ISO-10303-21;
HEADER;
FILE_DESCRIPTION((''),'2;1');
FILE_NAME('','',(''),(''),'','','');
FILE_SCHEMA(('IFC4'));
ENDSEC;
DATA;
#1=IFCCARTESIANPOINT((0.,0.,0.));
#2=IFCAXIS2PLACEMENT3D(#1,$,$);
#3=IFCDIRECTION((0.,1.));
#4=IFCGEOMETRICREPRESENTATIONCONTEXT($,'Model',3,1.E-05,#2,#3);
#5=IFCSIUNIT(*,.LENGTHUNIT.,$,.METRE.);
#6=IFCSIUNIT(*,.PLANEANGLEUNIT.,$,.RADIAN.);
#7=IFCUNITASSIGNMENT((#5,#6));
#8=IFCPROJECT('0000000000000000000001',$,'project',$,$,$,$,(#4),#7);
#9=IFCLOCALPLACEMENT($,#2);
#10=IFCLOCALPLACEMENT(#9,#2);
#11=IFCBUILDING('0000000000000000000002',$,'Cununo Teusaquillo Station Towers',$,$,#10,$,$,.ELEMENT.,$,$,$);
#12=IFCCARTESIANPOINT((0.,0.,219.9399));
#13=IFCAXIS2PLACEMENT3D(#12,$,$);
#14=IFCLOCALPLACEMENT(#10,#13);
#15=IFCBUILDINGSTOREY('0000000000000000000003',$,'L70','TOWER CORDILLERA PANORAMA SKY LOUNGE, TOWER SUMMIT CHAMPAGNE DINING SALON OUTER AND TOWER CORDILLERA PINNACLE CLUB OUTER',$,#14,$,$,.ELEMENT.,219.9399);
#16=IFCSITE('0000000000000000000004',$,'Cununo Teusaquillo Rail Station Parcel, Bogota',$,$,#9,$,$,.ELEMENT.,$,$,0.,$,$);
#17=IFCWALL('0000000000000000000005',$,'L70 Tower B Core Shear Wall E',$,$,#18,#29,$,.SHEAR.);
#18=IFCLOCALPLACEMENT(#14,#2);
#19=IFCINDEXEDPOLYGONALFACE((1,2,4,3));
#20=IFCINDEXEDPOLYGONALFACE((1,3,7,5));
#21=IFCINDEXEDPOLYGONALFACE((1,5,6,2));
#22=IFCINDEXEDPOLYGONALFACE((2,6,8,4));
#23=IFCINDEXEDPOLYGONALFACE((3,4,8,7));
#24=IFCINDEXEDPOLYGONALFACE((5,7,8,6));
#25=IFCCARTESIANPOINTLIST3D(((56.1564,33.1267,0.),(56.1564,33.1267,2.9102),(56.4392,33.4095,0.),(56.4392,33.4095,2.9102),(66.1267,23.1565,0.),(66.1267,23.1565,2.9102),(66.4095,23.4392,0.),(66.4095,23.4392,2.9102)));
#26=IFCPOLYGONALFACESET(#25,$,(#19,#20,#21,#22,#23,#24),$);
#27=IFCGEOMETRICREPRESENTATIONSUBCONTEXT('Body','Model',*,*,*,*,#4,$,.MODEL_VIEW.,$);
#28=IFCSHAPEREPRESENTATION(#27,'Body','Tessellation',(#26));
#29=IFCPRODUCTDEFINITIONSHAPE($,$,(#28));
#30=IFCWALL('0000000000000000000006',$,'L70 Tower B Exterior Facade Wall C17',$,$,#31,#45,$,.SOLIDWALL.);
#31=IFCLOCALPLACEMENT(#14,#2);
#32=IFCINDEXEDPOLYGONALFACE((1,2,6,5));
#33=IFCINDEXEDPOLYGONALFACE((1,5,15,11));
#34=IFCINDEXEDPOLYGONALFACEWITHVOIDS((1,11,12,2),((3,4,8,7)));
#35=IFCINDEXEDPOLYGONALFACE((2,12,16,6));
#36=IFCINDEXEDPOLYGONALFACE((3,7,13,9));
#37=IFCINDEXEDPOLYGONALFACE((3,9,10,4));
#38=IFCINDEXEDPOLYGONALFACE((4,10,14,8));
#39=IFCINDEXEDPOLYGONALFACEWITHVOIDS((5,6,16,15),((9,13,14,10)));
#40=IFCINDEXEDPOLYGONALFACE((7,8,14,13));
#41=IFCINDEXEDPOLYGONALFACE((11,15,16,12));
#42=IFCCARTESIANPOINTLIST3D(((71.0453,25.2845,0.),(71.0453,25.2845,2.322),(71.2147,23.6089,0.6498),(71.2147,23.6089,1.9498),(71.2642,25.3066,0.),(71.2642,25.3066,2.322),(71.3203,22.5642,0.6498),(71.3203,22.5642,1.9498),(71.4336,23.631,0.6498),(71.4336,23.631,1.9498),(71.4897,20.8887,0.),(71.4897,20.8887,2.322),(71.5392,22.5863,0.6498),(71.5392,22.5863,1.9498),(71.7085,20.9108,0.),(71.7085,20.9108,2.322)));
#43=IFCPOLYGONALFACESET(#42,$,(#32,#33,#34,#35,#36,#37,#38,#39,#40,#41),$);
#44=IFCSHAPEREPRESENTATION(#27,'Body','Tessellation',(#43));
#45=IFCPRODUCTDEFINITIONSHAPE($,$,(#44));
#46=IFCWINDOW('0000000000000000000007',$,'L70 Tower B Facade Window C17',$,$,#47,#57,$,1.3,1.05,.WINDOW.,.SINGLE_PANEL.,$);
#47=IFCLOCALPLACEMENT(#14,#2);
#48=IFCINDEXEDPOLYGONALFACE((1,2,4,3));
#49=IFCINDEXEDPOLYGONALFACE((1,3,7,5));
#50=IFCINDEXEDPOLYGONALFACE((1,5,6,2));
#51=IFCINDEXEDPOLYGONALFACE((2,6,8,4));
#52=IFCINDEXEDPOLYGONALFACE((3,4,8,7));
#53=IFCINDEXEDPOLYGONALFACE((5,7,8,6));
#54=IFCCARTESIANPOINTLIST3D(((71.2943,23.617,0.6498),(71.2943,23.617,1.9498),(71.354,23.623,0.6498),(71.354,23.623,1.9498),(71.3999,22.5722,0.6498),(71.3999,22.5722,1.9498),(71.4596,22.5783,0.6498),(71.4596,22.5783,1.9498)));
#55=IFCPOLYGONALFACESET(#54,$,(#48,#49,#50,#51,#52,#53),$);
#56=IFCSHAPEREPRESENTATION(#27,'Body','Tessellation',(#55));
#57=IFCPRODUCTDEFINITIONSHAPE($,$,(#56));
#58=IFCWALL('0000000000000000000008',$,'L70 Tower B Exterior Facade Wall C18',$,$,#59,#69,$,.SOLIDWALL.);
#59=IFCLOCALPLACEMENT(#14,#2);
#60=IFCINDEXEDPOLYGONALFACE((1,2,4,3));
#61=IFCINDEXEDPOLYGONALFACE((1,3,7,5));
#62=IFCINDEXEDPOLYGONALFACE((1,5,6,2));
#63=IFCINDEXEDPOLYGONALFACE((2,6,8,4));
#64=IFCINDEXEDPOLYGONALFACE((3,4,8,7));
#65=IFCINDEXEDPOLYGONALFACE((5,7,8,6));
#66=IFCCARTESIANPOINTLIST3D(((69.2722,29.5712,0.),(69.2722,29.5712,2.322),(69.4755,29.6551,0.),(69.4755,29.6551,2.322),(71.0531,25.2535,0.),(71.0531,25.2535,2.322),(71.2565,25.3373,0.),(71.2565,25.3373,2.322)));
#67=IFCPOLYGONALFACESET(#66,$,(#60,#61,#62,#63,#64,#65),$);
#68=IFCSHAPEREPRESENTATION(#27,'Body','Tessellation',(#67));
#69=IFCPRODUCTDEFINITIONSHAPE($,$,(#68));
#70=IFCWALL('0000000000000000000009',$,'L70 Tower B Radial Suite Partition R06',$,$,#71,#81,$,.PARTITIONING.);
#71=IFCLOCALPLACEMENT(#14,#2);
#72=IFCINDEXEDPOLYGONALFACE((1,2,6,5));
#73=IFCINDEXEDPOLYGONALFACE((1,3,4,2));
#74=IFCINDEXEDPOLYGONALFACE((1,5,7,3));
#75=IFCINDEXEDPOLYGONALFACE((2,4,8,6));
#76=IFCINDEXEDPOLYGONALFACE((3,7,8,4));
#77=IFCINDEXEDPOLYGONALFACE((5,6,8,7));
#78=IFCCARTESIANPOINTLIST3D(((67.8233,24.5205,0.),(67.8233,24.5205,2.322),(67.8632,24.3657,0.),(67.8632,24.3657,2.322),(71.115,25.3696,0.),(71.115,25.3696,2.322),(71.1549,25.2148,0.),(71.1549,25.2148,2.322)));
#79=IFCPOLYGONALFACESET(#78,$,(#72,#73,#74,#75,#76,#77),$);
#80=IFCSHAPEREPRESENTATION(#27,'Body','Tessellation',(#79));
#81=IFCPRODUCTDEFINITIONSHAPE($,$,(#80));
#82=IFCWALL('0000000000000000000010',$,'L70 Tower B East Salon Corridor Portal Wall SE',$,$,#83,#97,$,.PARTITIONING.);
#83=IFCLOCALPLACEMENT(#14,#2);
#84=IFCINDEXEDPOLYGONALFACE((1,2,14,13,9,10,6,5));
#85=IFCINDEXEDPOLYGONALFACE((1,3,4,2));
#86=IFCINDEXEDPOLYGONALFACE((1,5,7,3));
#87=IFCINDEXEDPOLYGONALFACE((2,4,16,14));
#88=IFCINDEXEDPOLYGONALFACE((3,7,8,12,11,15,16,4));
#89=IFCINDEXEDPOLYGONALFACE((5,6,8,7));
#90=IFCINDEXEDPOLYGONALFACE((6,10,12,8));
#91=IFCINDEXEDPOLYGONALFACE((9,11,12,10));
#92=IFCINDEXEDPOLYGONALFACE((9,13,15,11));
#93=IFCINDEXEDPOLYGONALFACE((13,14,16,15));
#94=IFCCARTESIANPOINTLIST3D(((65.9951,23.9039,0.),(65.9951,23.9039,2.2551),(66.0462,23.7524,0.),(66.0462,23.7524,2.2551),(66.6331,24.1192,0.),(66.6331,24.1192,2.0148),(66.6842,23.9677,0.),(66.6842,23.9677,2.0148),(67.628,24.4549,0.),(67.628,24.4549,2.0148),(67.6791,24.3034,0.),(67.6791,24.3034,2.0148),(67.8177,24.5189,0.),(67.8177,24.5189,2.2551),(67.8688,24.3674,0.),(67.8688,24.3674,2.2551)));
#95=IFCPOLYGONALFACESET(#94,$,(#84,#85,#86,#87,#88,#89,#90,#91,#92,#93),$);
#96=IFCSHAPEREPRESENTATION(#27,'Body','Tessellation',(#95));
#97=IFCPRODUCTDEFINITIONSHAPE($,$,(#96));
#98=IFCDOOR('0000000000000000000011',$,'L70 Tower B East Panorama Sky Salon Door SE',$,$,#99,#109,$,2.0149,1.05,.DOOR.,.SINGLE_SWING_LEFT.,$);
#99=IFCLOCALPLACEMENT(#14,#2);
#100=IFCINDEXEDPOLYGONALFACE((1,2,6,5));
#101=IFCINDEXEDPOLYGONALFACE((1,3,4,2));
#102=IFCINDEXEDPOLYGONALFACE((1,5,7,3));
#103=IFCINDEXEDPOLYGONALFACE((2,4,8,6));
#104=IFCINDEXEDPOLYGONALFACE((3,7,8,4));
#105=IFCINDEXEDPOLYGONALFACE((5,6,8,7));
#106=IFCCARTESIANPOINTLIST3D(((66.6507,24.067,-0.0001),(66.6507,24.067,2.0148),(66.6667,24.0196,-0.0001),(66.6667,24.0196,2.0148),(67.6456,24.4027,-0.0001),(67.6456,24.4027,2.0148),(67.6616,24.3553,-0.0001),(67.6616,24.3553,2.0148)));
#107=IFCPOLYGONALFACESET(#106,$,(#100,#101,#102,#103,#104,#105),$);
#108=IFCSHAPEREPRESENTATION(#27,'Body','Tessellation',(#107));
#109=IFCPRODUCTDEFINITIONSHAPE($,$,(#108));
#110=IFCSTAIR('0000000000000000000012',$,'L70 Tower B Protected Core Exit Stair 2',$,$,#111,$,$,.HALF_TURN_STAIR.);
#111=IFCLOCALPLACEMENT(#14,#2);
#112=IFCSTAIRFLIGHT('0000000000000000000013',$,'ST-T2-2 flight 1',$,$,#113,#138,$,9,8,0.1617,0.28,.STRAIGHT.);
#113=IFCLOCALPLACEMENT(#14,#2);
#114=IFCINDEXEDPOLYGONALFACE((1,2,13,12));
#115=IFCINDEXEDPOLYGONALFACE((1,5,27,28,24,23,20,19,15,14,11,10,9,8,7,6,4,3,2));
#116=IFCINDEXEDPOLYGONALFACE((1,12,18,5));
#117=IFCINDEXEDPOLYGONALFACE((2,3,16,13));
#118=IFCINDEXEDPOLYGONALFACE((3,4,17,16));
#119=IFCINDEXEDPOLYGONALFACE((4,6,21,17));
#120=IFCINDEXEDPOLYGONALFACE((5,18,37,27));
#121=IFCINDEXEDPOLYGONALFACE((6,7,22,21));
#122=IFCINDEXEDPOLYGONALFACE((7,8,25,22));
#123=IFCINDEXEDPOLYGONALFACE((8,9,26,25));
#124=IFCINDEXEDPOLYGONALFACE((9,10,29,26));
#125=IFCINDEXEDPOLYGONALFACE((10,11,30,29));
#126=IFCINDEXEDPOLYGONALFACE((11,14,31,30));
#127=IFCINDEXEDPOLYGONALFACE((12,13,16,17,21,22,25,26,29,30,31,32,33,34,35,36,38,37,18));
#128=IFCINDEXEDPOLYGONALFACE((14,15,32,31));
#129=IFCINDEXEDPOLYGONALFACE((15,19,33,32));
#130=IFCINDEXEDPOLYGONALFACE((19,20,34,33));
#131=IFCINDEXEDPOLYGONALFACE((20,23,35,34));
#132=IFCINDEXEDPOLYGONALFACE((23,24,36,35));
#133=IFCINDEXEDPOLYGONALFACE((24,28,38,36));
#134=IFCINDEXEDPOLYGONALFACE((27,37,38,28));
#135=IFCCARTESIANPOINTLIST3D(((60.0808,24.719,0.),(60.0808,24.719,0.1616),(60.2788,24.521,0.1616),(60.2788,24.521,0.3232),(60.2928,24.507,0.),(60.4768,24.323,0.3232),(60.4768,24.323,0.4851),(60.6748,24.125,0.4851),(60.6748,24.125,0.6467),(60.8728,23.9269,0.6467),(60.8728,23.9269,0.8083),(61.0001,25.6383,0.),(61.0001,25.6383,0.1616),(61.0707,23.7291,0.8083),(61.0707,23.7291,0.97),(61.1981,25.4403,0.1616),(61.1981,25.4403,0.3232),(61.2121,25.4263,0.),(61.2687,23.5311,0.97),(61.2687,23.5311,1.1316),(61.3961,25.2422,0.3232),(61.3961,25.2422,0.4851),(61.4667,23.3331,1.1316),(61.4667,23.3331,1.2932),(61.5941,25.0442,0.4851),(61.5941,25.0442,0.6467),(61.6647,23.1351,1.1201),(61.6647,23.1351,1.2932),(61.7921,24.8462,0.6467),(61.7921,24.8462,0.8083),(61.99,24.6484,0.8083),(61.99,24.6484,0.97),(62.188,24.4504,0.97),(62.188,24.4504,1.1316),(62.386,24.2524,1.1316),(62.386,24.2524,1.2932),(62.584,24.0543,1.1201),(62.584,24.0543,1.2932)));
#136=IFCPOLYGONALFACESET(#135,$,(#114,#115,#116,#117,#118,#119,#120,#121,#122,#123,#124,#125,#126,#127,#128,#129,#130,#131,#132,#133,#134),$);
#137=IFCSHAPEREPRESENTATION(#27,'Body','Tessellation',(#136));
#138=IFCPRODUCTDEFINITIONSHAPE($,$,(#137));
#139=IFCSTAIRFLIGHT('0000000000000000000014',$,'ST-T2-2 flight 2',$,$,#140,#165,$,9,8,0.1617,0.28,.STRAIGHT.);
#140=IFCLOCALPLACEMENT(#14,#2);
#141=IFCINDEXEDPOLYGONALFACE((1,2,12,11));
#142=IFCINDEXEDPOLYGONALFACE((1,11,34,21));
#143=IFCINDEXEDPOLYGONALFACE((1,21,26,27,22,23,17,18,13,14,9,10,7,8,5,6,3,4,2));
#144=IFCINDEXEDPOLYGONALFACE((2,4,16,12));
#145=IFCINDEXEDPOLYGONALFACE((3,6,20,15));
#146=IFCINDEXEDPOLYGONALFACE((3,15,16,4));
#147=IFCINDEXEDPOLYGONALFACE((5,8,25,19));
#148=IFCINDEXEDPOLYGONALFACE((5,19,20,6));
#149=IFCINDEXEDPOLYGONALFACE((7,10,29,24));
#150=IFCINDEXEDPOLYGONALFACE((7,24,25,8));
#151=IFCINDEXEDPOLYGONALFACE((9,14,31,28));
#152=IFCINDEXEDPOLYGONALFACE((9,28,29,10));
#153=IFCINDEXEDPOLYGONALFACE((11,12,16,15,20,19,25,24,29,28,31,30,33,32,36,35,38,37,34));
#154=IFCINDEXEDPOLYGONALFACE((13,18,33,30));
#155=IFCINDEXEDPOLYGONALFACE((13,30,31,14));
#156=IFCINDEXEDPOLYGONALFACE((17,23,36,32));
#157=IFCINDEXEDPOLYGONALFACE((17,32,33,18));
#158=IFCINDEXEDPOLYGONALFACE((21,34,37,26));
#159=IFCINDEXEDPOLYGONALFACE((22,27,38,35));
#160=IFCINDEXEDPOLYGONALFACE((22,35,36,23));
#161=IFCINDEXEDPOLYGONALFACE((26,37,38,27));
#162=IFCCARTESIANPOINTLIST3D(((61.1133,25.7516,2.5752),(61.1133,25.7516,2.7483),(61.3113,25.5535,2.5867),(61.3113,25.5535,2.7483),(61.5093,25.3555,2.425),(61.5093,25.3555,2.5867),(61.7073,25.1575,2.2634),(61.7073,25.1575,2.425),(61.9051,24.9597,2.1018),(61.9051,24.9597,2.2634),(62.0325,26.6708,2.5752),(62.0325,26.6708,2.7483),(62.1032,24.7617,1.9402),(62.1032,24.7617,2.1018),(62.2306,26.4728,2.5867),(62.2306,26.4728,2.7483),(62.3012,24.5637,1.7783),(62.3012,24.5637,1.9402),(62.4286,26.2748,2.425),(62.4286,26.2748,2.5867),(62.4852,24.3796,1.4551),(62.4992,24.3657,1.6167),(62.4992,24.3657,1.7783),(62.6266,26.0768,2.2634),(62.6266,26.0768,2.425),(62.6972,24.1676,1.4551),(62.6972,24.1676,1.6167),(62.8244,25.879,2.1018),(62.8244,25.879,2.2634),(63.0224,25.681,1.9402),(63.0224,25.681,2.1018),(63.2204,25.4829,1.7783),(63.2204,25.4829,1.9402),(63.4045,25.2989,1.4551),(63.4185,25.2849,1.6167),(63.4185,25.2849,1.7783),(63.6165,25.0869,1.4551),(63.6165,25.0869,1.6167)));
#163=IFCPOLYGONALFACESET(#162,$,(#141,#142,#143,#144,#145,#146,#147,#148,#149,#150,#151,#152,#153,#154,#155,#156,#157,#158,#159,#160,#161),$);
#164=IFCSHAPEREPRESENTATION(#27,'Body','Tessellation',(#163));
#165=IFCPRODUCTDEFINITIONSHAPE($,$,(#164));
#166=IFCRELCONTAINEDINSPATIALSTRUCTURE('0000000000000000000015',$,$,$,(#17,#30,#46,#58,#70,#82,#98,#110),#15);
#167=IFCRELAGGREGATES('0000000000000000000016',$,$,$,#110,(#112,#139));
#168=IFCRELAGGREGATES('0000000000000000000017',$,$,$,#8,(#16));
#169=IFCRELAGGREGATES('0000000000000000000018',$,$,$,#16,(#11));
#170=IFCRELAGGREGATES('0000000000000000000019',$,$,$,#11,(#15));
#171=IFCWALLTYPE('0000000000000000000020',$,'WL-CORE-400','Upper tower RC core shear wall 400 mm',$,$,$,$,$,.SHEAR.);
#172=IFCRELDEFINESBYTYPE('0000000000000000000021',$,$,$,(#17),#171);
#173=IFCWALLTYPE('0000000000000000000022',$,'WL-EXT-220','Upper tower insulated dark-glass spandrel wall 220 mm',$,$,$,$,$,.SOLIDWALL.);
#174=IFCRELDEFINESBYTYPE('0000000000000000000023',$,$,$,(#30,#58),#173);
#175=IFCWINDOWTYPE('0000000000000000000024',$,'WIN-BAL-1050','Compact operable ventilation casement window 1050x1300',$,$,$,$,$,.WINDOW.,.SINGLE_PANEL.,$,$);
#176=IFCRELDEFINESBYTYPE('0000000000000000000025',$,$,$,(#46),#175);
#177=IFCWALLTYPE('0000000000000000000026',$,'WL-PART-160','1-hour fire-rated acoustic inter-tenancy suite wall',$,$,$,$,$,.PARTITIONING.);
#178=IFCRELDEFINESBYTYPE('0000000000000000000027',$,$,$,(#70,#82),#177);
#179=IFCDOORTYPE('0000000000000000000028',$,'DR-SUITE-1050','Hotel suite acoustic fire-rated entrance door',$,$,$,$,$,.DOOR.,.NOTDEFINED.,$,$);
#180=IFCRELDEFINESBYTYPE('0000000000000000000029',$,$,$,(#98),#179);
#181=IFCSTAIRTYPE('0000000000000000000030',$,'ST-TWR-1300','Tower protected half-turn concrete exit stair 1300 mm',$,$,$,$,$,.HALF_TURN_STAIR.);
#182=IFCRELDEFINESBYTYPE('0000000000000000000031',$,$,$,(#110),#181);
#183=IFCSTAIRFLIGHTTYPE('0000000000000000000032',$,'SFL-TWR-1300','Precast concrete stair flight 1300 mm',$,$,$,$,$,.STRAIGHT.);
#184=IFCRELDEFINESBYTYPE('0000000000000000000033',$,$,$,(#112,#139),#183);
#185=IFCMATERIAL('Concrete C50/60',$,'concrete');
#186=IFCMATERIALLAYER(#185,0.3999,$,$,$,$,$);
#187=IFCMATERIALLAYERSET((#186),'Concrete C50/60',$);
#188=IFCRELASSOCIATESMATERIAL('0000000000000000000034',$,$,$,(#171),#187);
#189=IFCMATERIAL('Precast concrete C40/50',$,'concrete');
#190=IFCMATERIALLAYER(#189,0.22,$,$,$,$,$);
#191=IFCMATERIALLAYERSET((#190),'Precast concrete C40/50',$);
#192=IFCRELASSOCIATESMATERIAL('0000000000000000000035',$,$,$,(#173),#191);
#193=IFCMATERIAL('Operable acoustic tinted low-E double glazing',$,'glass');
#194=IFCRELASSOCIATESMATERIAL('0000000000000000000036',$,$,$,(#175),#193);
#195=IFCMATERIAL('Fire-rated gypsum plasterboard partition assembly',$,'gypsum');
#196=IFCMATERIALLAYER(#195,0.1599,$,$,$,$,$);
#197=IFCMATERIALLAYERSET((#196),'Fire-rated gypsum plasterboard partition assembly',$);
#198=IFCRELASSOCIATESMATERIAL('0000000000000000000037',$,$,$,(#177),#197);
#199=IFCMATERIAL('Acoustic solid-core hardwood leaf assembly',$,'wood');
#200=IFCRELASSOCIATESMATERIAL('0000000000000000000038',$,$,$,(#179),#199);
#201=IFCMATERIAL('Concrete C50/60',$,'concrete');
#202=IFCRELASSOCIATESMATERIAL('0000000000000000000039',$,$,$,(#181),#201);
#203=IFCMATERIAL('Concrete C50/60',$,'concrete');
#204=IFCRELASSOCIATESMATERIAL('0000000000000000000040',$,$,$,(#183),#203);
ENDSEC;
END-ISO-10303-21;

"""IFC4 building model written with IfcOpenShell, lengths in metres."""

from ifc_helpers import new_model, si_unit, direction, frame, frame_2d, origin, place, context, subcontext, project, spatial, polyline, rectangle, outline, extrude, source, transform, mapped, material, layer, layer_set, type_object, element, fill, aggregate, save


model = new_model("IFC4")

# Units and contexts
model_context = context("Model", 3, precision=1e-05, world=origin(), true_north=direction((0.0, 1.0)))
body_context = subcontext(model_context, "Body", "Model", "MODEL_VIEW")
ifc_project = project(units=[si_unit("LENGTHUNIT", "METRE"), si_unit("PLANEANGLEUNIT", "RADIAN")], contexts=[model_context])

# Site, building, storey
site_placement = place(None, origin())
site = spatial("IfcSite", under=ifc_project, at=site_placement, Name="Cununo Teusaquillo Rail Station Parcel, Bogota", CompositionType="ELEMENT", RefElevation=0.0)
building_placement = place(site_placement, origin())
building = spatial("IfcBuilding", under=site, at=building_placement, Name="Cununo Teusaquillo Station Towers", CompositionType="ELEMENT")
storey_placement = place(building_placement, frame((0.0, 0.0, 219.9399)))
storey = spatial("IfcBuildingStorey", under=building, at=storey_placement, Name="L70", Description="TOWER CORDILLERA PANORAMA SKY LOUNGE, TOWER SUMMIT CHAMPAGNE DINING SALON OUTER AND TOWER CORDILLERA PINNACLE CLUB OUTER", CompositionType="ELEMENT", Elevation=219.9399)

# Wall
ifc_material_1 = material(Name="Concrete C50/60", Category="concrete")
ifc_layer_1 = layer(ifc_material_1, 0.3999)
ifc_layer_set_1 = layer_set([ifc_layer_1], Name="Concrete C50/60")
wall_type_1 = type_object("IfcWallType", Name="WL-CORE-400", Description="Upper tower RC core shear wall 400 mm", PredefinedType="SHEAR", material=ifc_layer_set_1)
wall_1_placement = place(storey_placement, frame((66.2681, 23.2979, 0.0), z_axis=(0.0, 0.0, 1.0), x_axis=(-0.707107, 0.707107, 0.0)))
element("IfcWall", 1, at=wall_1_placement, inside=storey, type_object=wall_type_1, Name="L70 Tower B Core Shear Wall E", PredefinedType="SHEAR", context=body_context, shape_type="SweptSolid", body=[
    extrude(rectangle(XDim=14.1001, YDim=0.3999, at=frame_2d((7.05, 0.0))), origin(), (0.0, 0.0, 1.0), 2.9102),
])

# Wall, opening, window
ifc_material_2 = material(Name="Precast concrete C40/50", Category="concrete")
ifc_layer_2 = layer(ifc_material_2, 0.22)
ifc_layer_set_2 = layer_set([ifc_layer_2], Name="Precast concrete C40/50")
wall_type_2 = type_object("IfcWallType", Name="WL-EXT-220", Description="Upper tower insulated dark-glass spandrel wall 220 mm", PredefinedType="SOLIDWALL", material=ifc_layer_set_2)
wall_2_placement = place(storey_placement, frame((71.1548, 25.2954, 0.0), z_axis=(0.0, 0.0, 1.0), x_axis=(0.100571, -0.99493, 0.0)))
wall_2 = element("IfcWall", 2, at=wall_2_placement, inside=storey, type_object=wall_type_2, Name="L70 Tower B Exterior Facade Wall C17", PredefinedType="SOLIDWALL", context=body_context, shape_type="SweptSolid", body=[
    extrude(rectangle(XDim=4.4182, YDim=0.22, at=frame_2d((2.209, 0.0))), origin(), (0.0, 0.0, 1.0), 2.322),
])
shared_shape_1 = source(origin(), body_context, "Body", "SweptSolid", [
    extrude(rectangle(XDim=1.05, YDim=1.3, at=frame_2d((0.5249, 0.6499))), frame((0.0, 0.1199, 0.0), z_axis=(0.0, -1.0, 0.0), x_axis=(1.0, 0.0, 0.0)), (0.0, 0.0, 1.0), 0.24),
])
opening_1_placement = place(wall_2_placement, frame((1.6841, 0.0, 0.6499)))
opening_1 = element("IfcOpeningElement", 3, at=opening_1_placement, cuts=wall_2, PredefinedType="OPENING", context=body_context, shape_type="MappedRepresentation", body=[
    mapped(shared_shape_1, transform((0.0, 0.0, 0.0), x_axis=(1.0, 0.0, 0.0), y_axis=(0.0, 1.0, 0.0), z_axis=(0.0, 0.0, 1.0), scale=1.0)),
])
ifc_material_3 = material(Name="Operable acoustic tinted low-E double glazing", Category="glass")
window_type = type_object("IfcWindowType", Name="WIN-BAL-1050", Description="Compact operable ventilation casement window 1050x1300", PartitioningType="SINGLE_PANEL", PredefinedType="WINDOW", material=ifc_material_3)
shared_shape_2 = source(origin(), body_context, "Body", "SweptSolid", [
    extrude(rectangle(XDim=1.05, YDim=1.3, at=frame_2d((0.5249, 0.6499))), frame((0.0, 0.03, 0.0), z_axis=(0.0, -1.0, 0.0), x_axis=(1.0, 0.0, 0.0)), (0.0, 0.0, 1.0), 0.0601),
])
window_placement = place(opening_1_placement, origin())
window = element("IfcWindow", 4, at=window_placement, inside=storey, type_object=window_type, Name="L70 Tower B Facade Window C17", OverallHeight=1.3, OverallWidth=1.05, PartitioningType="SINGLE_PANEL", PredefinedType="WINDOW", context=body_context, shape_type="MappedRepresentation", body=[
    mapped(shared_shape_2, transform((0.0, 0.0, 0.0), x_axis=(1.0, 0.0, 0.0), y_axis=(0.0, 1.0, 0.0), z_axis=(0.0, 0.0, 1.0), scale=1.0)),
])
fill(opening_1, window)

# Walls
wall_3_placement = place(storey_placement, frame((69.3738, 29.6133, 0.0), z_axis=(0.0, 0.0, 1.0), x_axis=(0.38131, -0.924447, 0.0)))
element("IfcWall", 5, at=wall_3_placement, inside=storey, type_object=wall_type_2, Name="L70 Tower B Exterior Facade Wall C18", PredefinedType="SOLIDWALL", context=body_context, shape_type="SweptSolid", body=[
    extrude(rectangle(XDim=4.6707, YDim=0.22, at=frame_2d((2.3354, 0.0))), origin(), (0.0, 0.0, 1.0), 2.322),
])
ifc_material_4 = material(Name="Fire-rated gypsum plasterboard partition assembly", Category="gypsum")
ifc_layer_3 = layer(ifc_material_4, 0.1599)
ifc_layer_set_3 = layer_set([ifc_layer_3], Name="Fire-rated gypsum plasterboard partition assembly")
wall_type_3 = type_object("IfcWallType", Name="WL-PART-160", Description="1-hour fire-rated acoustic inter-tenancy suite wall", PredefinedType="PARTITIONING", material=ifc_layer_set_3)
wall_4_placement = place(storey_placement, frame((67.8433, 24.4431, 0.0), z_axis=(0.0, 0.0, 1.0), x_axis=(0.968303, 0.249778, 0.0)))
element("IfcWall", 6, at=wall_4_placement, inside=storey, type_object=wall_type_3, Name="L70 Tower B Radial Suite Partition R06", PredefinedType="PARTITIONING", context=body_context, shape_type="SweptSolid", body=[
    extrude(rectangle(XDim=3.3994, YDim=0.1599, at=frame_2d((1.6997, 0.0))), origin(), (0.0, 0.0, 1.0), 2.322),
])

# Wall, opening, door
wall_5_placement = place(storey_placement, frame((66.0205, 23.8281, 0.0), z_axis=(0.0, 0.0, 1.0), x_axis=(0.947522, 0.31969, 0.0)))
wall_5 = element("IfcWall", 7, at=wall_5_placement, inside=storey, type_object=wall_type_3, Name="L70 Tower B East Salon Corridor Portal Wall SE", PredefinedType="PARTITIONING", context=body_context, shape_type="SweptSolid", body=[
    extrude(rectangle(XDim=1.9236, YDim=0.1599, at=frame_2d((0.9619, 0.0))), origin(), (0.0, 0.0, 1.0), 2.2551),
])
shared_shape_3 = source(origin(), body_context, "Body", "SweptSolid", [
    extrude(rectangle(XDim=1.05, YDim=2.0149, at=frame_2d((0.5249, 1.0073))), frame((0.0, 0.0898, 0.0), z_axis=(0.0, -1.0, 0.0), x_axis=(1.0, 0.0, 0.0)), (0.0, 0.0, 1.0), 0.1799),
])
opening_2_placement = place(wall_5_placement, frame((0.6736, 0.0, 0.0)))
opening_2 = element("IfcOpeningElement", 8, at=opening_2_placement, cuts=wall_5, PredefinedType="OPENING", context=body_context, shape_type="MappedRepresentation", body=[
    mapped(shared_shape_3, transform((0.0, 0.0, 0.0), x_axis=(1.0, 0.0, 0.0), y_axis=(0.0, 1.0, 0.0), z_axis=(0.0, 0.0, 1.0), scale=1.0)),
])
ifc_material_5 = material(Name="Acoustic solid-core hardwood leaf assembly", Category="wood")
door_type = type_object("IfcDoorType", Name="DR-SUITE-1050", Description="Hotel suite acoustic fire-rated entrance door", OperationType="NOTDEFINED", PredefinedType="DOOR", material=ifc_material_5)
shared_shape_4 = source(origin(), body_context, "Body", "SweptSolid", [
    extrude(rectangle(XDim=1.05, YDim=2.0149, at=frame_2d((0.5249, 1.0073))), frame((0.0, 0.0249, 0.0), z_axis=(0.0, -1.0, 0.0), x_axis=(1.0, 0.0, 0.0)), (0.0, 0.0, 1.0), 0.05),
])
door_placement = place(opening_2_placement, origin())
door = element("IfcDoor", 9, at=door_placement, inside=storey, type_object=door_type, Name="L70 Tower B East Panorama Sky Salon Door SE", OperationType="SINGLE_SWING_LEFT", OverallHeight=2.0149, OverallWidth=1.05, PredefinedType="DOOR", context=body_context, shape_type="MappedRepresentation", body=[
    mapped(shared_shape_4, transform((0.0, 0.0, 0.0), x_axis=(1.0, 0.0, 0.0), y_axis=(0.0, 1.0, 0.0), z_axis=(0.0, 0.0, 1.0), scale=1.0)),
])
fill(opening_2, door)

# Stair, stair flights
ifc_material_6 = material(Name="Concrete C50/60", Category="concrete")
stair_type = type_object("IfcStairType", Name="ST-TWR-1300", Description="Tower protected half-turn concrete exit stair 1300 mm", PredefinedType="HALF_TURN_STAIR", material=ifc_material_6)
stair_placement = place(storey_placement, origin())
stair = element("IfcStair", 10, at=stair_placement, inside=storey, type_object=stair_type, Name="L70 Tower B Protected Core Exit Stair 2", PredefinedType="HALF_TURN_STAIR")
ifc_material_7 = material(Name="Concrete C50/60", Category="concrete")
stair_flight_type = type_object("IfcStairFlightType", Name="SFL-TWR-1300", Description="Precast concrete stair flight 1300 mm", PredefinedType="STRAIGHT", material=ifc_material_7)
stair_flight_1_placement = place(storey_placement, frame((60.5405, 25.1787, 0.0), z_axis=(0.0, 0.0, 1.0), x_axis=(0.707107, -0.707107, 0.0)))
stair_flight_1 = element("IfcStairFlight", 11, at=stair_flight_1_placement, type_object=stair_flight_type, Name="ST-T2-2 flight 1", NumberOfRisers=9, NumberOfTreads=8, PredefinedType="STRAIGHT", RiserHeight=0.1617, TreadLength=0.28, context=body_context, shape_type="SweptSolid", body=[
    extrude(outline(polyline([(0.0, 0.0), (0.0, 0.1616), (0.28, 0.1616), (0.28, 0.3232), (0.5601, 0.3232), (0.5601, 0.4851), (0.8401, 0.4851), (0.8401, 0.6467), (1.1201, 0.6467), (1.1201, 0.8083), (1.3999, 0.8083), (1.3999, 0.97), (1.6799, 0.97), (1.6799, 1.1316), (1.96, 1.1316), (1.96, 1.2932), (2.24, 1.2932), (2.24, 1.4551), (2.24, 1.1201), (0.2998, 0.0), (0.0, 0.0)])), frame((0.0, 0.6499, 0.0), z_axis=(0.0, -1.0, 0.0), x_axis=(1.0, 0.0, 0.0)), (0.0, 0.0, 1.0), 1.3),
])
stair_flight_2_placement = place(storey_placement, frame((63.1567, 24.6272, 1.4551), z_axis=(0.0, 0.0, 1.0), x_axis=(-0.707107, 0.707107, 0.0)))
stair_flight_2 = element("IfcStairFlight", 12, at=stair_flight_2_placement, type_object=stair_flight_type, Name="ST-T2-2 flight 2", NumberOfRisers=9, NumberOfTreads=8, PredefinedType="STRAIGHT", RiserHeight=0.1617, TreadLength=0.28, context=body_context, shape_type="SweptSolid", body=[
    extrude(outline(polyline([(0.0, 0.0), (0.0, 0.1616), (0.28, 0.1616), (0.28, 0.3232), (0.5601, 0.3232), (0.5601, 0.4851), (0.8401, 0.4851), (0.8401, 0.6467), (1.1201, 0.6467), (1.1201, 0.8083), (1.3999, 0.8083), (1.3999, 0.97), (1.6799, 0.97), (1.6799, 1.1316), (1.96, 1.1316), (1.96, 1.2932), (2.24, 1.2932), (2.24, 1.4551), (2.24, 1.1201), (0.2998, 0.0), (0.0, 0.0)])), frame((0.0, 0.6499, 0.0), z_axis=(0.0, -1.0, 0.0), x_axis=(1.0, 0.0, 0.0)), (0.0, 0.0, 1.0), 1.3),
])
aggregate(stair, [stair_flight_1, stair_flight_2])

save(model, "model.ifc")
